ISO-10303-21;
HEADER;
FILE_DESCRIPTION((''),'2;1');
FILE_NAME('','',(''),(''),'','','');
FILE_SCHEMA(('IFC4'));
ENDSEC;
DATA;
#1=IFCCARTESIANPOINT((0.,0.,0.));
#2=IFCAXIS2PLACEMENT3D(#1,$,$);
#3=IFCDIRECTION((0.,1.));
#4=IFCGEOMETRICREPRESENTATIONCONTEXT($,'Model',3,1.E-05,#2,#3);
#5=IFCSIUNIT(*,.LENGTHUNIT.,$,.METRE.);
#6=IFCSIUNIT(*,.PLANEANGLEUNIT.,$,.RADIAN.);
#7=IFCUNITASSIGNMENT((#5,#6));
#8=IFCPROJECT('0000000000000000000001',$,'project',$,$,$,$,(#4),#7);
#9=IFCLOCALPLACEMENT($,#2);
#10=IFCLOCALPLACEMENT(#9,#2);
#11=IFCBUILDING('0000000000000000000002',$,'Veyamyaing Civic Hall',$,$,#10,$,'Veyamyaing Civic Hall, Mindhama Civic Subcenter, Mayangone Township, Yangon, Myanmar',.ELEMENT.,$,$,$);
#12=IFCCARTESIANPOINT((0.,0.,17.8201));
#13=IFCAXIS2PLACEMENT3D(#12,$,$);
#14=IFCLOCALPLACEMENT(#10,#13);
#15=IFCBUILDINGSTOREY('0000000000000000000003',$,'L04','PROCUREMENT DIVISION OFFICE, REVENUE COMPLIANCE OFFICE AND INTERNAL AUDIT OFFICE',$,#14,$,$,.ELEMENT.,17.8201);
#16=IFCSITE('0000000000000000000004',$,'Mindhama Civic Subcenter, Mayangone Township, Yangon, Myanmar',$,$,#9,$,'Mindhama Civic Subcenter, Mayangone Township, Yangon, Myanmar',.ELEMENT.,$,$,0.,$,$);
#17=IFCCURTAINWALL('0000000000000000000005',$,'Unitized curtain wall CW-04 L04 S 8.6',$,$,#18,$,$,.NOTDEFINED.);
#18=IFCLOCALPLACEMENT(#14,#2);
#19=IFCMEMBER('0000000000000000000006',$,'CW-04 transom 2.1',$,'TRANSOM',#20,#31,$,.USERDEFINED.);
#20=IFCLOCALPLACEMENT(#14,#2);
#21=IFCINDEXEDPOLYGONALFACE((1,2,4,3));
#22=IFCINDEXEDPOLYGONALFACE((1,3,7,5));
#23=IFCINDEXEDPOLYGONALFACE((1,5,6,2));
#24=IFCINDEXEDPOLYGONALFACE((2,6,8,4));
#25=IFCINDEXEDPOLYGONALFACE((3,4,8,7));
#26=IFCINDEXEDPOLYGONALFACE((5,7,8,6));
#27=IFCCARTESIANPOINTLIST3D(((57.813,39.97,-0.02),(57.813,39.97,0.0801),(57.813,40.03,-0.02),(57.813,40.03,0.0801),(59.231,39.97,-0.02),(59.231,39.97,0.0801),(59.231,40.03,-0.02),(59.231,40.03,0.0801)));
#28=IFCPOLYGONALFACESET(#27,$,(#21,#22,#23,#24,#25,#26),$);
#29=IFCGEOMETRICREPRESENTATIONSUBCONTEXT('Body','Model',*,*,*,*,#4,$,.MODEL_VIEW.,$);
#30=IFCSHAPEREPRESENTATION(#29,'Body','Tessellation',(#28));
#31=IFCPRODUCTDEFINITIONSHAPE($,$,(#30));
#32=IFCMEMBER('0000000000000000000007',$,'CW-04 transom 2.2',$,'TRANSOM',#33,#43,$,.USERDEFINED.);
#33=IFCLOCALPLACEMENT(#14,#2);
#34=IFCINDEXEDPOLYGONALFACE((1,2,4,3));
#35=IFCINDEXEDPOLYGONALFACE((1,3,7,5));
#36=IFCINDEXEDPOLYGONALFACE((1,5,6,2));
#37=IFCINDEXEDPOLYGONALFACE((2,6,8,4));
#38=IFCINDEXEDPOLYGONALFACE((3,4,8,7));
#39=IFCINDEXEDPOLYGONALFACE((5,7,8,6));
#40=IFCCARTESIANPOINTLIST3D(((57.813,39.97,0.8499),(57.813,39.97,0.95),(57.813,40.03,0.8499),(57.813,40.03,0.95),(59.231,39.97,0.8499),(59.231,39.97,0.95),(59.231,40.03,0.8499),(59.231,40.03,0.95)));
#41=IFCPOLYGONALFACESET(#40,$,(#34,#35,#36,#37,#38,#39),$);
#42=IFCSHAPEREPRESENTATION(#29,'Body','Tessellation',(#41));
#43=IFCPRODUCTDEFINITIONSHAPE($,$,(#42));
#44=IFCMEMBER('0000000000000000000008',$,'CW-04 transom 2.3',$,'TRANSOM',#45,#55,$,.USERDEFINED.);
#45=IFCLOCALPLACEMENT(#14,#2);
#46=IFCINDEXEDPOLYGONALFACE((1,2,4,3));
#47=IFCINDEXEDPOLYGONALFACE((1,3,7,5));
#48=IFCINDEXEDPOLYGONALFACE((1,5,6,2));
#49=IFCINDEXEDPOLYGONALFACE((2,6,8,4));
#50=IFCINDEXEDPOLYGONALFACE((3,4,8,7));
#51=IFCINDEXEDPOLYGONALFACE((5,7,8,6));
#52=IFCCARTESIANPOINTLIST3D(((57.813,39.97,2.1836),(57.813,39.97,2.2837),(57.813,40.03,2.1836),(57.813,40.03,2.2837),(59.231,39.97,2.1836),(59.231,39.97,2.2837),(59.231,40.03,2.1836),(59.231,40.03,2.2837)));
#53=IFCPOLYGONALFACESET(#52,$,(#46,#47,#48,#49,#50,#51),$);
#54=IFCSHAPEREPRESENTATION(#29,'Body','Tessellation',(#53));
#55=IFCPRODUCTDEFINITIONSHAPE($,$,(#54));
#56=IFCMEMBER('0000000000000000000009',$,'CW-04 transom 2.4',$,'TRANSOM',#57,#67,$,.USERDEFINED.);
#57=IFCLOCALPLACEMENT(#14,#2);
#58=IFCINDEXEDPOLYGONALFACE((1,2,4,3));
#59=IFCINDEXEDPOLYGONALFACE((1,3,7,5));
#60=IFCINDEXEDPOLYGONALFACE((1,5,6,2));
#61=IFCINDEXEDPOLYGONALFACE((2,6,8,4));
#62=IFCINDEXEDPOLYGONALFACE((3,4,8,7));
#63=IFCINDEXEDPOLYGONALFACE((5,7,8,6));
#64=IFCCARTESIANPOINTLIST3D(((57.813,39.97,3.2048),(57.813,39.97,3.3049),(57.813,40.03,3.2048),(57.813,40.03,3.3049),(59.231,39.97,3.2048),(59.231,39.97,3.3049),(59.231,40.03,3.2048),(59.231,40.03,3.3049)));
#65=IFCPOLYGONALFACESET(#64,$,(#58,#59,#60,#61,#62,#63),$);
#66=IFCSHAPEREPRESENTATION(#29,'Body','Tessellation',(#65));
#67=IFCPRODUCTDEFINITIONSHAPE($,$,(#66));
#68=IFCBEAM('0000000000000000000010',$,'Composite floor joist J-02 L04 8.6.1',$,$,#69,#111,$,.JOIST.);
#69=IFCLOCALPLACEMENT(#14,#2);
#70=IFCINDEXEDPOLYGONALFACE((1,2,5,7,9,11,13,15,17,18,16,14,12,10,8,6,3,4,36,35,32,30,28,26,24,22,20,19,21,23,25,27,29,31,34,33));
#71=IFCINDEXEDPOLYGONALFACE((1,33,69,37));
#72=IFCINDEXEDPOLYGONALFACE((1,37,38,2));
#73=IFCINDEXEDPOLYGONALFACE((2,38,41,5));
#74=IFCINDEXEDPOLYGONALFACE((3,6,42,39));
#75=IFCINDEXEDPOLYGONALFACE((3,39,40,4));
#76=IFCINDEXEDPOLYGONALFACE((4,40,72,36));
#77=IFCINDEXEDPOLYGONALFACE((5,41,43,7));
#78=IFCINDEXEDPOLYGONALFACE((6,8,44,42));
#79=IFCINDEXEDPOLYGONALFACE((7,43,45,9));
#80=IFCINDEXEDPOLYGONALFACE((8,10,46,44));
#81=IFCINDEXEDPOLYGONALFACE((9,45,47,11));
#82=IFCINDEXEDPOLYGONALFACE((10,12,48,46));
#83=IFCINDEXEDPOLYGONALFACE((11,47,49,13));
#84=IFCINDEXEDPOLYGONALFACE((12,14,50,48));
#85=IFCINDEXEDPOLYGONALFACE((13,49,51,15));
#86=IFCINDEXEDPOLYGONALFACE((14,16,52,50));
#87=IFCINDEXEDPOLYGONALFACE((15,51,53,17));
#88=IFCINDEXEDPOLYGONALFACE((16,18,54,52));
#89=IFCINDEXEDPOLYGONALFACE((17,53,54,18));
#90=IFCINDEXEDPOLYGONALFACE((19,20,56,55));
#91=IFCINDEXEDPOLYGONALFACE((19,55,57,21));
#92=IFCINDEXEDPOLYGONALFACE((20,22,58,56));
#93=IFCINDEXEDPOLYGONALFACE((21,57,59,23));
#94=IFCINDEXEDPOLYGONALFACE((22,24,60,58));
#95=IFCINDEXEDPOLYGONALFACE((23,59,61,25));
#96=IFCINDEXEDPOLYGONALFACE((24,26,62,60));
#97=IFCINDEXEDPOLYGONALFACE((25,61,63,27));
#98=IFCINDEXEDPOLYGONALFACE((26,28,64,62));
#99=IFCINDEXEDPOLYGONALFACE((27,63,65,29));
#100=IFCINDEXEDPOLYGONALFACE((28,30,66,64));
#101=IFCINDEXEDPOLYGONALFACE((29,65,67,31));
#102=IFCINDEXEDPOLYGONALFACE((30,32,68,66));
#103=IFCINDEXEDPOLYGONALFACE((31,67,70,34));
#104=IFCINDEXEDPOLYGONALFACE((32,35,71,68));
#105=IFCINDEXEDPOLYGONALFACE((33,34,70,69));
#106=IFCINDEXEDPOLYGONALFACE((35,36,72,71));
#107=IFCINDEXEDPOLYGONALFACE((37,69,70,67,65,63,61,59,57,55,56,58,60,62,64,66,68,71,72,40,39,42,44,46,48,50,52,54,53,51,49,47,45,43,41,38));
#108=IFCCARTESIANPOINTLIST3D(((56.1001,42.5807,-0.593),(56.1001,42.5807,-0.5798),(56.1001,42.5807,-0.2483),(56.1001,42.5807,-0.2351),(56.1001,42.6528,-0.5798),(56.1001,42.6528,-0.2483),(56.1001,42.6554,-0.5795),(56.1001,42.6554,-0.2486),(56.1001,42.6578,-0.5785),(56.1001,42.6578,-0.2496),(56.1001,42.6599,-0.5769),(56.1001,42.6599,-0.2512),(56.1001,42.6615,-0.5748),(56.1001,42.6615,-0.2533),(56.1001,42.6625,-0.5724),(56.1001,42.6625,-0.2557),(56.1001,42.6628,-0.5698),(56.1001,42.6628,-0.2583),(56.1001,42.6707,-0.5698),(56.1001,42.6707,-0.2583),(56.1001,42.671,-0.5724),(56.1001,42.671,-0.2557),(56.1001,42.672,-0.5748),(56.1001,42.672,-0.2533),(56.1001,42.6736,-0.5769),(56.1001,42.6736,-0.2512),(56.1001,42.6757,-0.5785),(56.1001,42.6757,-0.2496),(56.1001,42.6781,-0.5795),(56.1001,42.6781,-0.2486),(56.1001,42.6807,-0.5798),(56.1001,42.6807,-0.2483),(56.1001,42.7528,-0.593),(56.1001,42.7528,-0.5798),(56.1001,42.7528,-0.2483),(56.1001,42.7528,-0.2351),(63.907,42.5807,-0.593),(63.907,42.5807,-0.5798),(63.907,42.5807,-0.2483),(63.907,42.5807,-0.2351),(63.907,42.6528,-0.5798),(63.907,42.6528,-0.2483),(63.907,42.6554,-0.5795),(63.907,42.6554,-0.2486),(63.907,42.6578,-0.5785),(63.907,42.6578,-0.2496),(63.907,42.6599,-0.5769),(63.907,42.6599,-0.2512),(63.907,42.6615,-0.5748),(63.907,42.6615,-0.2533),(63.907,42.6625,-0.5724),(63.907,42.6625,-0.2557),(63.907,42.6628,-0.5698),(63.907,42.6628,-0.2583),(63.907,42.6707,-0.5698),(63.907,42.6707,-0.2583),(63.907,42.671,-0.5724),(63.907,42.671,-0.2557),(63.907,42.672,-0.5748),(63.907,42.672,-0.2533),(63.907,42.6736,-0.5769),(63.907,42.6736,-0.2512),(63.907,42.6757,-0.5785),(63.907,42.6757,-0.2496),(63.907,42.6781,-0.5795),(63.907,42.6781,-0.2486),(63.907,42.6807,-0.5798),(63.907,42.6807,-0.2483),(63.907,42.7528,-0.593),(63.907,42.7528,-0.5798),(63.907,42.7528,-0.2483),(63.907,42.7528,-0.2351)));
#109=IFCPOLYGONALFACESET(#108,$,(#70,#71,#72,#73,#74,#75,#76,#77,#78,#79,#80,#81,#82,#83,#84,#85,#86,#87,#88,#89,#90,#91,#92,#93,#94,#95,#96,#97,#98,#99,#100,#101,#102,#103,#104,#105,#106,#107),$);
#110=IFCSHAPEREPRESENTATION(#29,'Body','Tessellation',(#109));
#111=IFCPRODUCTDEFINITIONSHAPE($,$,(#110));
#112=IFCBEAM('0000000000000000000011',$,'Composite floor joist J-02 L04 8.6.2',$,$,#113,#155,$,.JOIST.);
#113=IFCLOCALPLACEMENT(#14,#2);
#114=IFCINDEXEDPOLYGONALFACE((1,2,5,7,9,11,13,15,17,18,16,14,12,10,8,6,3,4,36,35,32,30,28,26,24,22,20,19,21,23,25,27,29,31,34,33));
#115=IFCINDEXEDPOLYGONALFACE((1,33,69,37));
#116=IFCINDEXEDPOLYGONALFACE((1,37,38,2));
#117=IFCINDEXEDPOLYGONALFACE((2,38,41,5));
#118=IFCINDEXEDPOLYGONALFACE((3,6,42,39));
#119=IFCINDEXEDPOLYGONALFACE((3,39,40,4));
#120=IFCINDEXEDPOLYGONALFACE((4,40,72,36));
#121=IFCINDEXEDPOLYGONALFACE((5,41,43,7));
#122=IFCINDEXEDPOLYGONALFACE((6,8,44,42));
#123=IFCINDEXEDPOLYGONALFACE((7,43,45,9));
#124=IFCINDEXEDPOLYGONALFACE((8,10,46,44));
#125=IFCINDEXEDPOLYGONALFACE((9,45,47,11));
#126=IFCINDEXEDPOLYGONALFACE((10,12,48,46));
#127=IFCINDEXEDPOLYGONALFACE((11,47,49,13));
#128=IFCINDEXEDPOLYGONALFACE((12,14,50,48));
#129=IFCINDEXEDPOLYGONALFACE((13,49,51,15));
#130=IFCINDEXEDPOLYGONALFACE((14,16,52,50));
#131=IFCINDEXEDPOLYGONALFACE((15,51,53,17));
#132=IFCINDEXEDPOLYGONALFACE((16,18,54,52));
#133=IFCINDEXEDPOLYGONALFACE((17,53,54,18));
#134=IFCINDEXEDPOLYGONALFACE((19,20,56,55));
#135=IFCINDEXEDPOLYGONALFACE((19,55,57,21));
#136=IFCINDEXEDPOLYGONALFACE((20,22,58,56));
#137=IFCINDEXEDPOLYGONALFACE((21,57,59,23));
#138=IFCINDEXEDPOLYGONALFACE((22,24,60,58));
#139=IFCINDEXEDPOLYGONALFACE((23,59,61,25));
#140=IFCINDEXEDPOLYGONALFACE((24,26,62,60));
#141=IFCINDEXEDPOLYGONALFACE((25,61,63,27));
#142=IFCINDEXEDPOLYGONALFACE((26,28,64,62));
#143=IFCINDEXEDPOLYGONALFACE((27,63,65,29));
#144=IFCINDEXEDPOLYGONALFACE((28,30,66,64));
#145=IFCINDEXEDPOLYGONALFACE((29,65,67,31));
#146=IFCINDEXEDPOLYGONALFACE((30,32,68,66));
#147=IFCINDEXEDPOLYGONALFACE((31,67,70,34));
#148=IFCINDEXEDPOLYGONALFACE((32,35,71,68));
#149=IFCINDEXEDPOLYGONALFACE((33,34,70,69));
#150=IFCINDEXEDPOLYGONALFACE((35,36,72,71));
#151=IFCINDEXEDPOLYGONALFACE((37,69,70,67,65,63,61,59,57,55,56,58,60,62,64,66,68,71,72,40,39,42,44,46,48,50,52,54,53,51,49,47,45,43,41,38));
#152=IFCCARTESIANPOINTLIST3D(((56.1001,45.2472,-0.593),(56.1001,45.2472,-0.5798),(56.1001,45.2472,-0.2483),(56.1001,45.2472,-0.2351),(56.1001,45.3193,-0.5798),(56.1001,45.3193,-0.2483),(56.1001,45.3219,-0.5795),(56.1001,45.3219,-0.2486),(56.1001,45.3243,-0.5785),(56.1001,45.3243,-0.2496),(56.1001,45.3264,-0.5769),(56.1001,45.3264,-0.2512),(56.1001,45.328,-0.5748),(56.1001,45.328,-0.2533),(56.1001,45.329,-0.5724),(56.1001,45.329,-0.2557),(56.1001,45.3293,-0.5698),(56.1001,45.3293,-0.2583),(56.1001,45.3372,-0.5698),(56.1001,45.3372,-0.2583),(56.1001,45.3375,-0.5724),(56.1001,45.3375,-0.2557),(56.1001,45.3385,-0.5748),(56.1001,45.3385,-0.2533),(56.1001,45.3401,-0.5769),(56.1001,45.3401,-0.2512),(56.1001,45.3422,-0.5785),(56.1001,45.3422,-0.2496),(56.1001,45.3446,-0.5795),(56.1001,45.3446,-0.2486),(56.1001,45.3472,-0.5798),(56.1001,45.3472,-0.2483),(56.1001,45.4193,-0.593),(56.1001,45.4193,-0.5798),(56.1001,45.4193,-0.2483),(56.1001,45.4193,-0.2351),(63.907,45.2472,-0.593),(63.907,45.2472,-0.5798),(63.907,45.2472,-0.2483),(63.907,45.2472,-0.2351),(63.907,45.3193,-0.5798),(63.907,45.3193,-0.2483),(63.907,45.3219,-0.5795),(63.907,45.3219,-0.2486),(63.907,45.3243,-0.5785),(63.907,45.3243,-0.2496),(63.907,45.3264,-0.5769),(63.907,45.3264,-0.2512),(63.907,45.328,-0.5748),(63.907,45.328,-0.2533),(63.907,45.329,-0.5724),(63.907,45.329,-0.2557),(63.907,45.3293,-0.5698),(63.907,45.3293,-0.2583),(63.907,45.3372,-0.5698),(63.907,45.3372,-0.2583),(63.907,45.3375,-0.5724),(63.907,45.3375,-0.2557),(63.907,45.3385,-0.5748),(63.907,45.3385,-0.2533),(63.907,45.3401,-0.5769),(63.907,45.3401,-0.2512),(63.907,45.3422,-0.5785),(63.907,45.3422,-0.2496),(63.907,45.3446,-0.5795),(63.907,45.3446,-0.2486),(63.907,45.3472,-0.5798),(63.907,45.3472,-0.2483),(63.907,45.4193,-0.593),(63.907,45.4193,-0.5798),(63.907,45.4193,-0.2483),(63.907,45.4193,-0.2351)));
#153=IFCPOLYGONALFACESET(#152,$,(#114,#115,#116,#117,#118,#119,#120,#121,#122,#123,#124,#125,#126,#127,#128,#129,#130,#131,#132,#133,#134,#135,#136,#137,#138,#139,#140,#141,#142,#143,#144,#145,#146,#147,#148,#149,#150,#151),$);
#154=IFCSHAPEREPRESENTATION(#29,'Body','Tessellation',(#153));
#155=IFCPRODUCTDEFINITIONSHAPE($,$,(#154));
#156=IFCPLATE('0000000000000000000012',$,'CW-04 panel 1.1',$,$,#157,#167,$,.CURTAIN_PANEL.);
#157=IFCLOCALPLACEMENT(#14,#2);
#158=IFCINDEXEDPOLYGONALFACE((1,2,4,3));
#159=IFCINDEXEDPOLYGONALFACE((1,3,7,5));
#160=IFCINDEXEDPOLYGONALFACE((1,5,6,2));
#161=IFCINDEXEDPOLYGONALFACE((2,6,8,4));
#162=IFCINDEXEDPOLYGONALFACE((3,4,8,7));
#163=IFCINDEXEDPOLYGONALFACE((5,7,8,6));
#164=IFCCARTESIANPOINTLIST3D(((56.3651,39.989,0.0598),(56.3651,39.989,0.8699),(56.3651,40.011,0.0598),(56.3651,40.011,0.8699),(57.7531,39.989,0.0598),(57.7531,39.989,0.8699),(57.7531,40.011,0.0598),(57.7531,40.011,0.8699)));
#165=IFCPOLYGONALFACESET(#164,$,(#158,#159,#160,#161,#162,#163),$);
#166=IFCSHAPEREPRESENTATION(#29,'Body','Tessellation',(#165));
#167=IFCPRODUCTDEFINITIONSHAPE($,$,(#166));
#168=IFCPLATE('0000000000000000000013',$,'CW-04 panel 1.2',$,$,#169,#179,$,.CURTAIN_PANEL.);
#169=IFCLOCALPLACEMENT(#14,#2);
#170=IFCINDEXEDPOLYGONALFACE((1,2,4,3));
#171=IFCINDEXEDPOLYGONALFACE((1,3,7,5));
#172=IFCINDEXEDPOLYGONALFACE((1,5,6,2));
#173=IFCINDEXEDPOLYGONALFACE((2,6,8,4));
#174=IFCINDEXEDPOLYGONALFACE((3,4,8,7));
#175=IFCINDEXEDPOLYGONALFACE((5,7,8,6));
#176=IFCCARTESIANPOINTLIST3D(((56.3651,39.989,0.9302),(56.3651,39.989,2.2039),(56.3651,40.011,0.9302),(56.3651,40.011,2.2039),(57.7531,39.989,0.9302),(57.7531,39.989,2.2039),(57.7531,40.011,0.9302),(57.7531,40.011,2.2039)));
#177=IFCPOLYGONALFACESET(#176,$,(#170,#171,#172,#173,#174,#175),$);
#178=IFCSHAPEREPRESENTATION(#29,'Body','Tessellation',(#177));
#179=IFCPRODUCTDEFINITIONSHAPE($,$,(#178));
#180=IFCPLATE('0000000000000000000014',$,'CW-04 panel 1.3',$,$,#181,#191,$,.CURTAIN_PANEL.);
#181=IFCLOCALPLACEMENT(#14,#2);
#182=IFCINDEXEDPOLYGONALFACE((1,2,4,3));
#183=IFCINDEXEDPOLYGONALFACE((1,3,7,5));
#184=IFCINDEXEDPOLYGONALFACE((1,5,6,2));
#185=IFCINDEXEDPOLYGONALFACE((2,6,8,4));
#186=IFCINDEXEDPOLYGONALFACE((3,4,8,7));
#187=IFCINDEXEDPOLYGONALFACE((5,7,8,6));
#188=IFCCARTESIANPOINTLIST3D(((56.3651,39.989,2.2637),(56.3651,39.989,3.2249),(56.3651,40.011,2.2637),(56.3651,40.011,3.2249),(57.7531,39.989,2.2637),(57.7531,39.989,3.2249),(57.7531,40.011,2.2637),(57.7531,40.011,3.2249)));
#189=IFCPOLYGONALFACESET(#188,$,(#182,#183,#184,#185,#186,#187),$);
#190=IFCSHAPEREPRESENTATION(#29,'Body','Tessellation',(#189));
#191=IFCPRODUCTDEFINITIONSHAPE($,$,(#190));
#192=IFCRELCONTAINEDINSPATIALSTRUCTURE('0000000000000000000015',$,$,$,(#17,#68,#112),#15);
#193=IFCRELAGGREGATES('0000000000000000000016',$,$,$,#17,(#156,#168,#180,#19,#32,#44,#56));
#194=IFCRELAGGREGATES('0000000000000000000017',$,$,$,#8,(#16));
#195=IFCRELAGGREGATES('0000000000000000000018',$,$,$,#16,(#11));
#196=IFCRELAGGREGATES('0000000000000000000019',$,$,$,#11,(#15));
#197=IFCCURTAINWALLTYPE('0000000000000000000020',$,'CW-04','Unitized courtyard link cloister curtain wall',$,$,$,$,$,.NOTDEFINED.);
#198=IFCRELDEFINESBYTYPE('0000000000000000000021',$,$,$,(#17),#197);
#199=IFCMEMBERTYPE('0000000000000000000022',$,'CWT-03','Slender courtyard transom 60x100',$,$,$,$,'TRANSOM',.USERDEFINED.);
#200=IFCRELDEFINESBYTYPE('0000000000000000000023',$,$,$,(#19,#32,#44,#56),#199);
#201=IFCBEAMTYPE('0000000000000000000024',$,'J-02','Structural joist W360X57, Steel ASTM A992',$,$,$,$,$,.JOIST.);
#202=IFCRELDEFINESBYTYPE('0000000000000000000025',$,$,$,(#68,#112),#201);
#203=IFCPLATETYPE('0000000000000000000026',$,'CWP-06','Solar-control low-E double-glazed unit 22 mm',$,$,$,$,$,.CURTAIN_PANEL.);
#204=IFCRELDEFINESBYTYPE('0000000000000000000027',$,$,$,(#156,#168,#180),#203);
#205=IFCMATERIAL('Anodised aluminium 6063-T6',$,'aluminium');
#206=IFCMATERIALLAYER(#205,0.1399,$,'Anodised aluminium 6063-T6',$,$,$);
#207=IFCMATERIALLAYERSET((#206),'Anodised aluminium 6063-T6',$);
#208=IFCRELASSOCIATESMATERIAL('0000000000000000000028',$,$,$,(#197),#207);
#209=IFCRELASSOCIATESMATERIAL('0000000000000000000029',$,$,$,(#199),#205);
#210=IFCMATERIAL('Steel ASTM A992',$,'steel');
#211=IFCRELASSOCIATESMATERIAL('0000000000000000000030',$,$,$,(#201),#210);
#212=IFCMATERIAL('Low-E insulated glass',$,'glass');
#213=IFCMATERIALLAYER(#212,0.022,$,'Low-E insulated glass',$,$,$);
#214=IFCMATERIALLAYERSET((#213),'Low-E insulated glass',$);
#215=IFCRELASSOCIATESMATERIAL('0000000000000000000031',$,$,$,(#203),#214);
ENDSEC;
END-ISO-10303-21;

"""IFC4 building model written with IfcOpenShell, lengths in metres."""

from ifc_helpers import new_model, si_unit, direction, frame, origin, origin_2d, place, context, subcontext, project, spatial, rectangle, i_section, extrude, material, layer, layer_set, material_profile, profile_set, type_object, element, aggregate, save


model = new_model("IFC4")

# Units and contexts
model_context = context("Model", 3, precision=1e-05, world=origin(), true_north=direction((0.0, 1.0)))
body_context = subcontext(model_context, "Body", "Model", "MODEL_VIEW")
ifc_project = project(units=[si_unit("LENGTHUNIT", "METRE"), si_unit("PLANEANGLEUNIT", "RADIAN")], contexts=[model_context])

# Site, building, storey
site_placement = place(None, origin())
site = spatial("IfcSite", under=ifc_project, at=site_placement, Name="Mindhama Civic Subcenter, Mayangone Township, Yangon, Myanmar", LongName="Mindhama Civic Subcenter, Mayangone Township, Yangon, Myanmar", CompositionType="ELEMENT", RefElevation=0.0)
building_placement = place(site_placement, origin())
building = spatial("IfcBuilding", under=site, at=building_placement, Name="Veyamyaing Civic Hall", LongName="Veyamyaing Civic Hall, Mindhama Civic Subcenter, Mayangone Township, Yangon, Myanmar", CompositionType="ELEMENT")
storey_placement = place(building_placement, frame((0.0, 0.0, 17.8201)))
storey = spatial("IfcBuildingStorey", under=building, at=storey_placement, Name="L04", Description="PROCUREMENT DIVISION OFFICE, REVENUE COMPLIANCE OFFICE AND INTERNAL AUDIT OFFICE", CompositionType="ELEMENT", Elevation=17.8201)

# Shared definitions
ifc_material_1 = material(Name="Steel ASTM A992", Category="steel")

# Curtain wall, members
ifc_material_2 = material(Name="Anodised aluminium 6063-T6", Category="aluminium")
ifc_layer_1 = layer(ifc_material_2, 0.1399, Name="Anodised aluminium 6063-T6")
ifc_layer_set_1 = layer_set([ifc_layer_1], Name="Anodised aluminium 6063-T6")
curtain_wall_type = type_object("IfcCurtainWallType", Name="CW-04", Description="Unitized courtyard link cloister curtain wall", PredefinedType="NOTDEFINED", material=ifc_layer_set_1)
curtain_wall_placement = place(storey_placement, origin())
curtain_wall = element("IfcCurtainWall", 1, at=curtain_wall_placement, inside=storey, type_object=curtain_wall_type, Name="Unitized curtain wall CW-04 L04 S 8.6", PredefinedType="NOTDEFINED")
ifc_material_profile_1 = material_profile(ifc_material_2, rectangle(XDim=0.0601, YDim=0.1001, at=origin_2d()), Name="ALU-TRN-60X100")
ifc_profile_set_1 = profile_set([ifc_material_profile_1], Name="Anodised aluminium 6063-T6")
member_type_1 = type_object("IfcMemberType", Name="CWT-03", Description="Slender courtyard transom 60x100", ElementType="TRANSOM", PredefinedType="USERDEFINED", material=ifc_profile_set_1)
member_1_placement = place(storey_placement, frame((57.813, 40.0, 0.03), z_axis=(1.0, 0.0, 0.0), x_axis=(0.0, 1.0, 0.0)))
member_1 = element("IfcMember", 2, at=member_1_placement, type_object=member_type_1, Name="CW-04 transom 2.1", ObjectType="TRANSOM", PredefinedType="USERDEFINED", context=body_context, shape_type="SweptSolid", body=[
    extrude(rectangle(XDim=0.0601, YDim=0.1001, at=origin_2d()), origin(), (0.0, 0.0, 1.0), 1.418),
])
member_2_placement = place(storey_placement, frame((57.813, 40.0, 0.8999), z_axis=(1.0, 0.0, 0.0), x_axis=(0.0, 1.0, 0.0)))
member_2 = element("IfcMember", 3, at=member_2_placement, type_object=member_type_1, Name="CW-04 transom 2.2", ObjectType="TRANSOM", PredefinedType="USERDEFINED", context=body_context, shape_type="SweptSolid", body=[
    extrude(rectangle(XDim=0.0601, YDim=0.1001, at=origin_2d()), origin(), (0.0, 0.0, 1.0), 1.418),
])
member_3_placement = place(storey_placement, frame((57.813, 40.0, 2.2336), z_axis=(1.0, 0.0, 0.0), x_axis=(0.0, 1.0, 0.0)))
member_3 = element("IfcMember", 4, at=member_3_placement, type_object=member_type_1, Name="CW-04 transom 2.3", ObjectType="TRANSOM", PredefinedType="USERDEFINED", context=body_context, shape_type="SweptSolid", body=[
    extrude(rectangle(XDim=0.0601, YDim=0.1001, at=origin_2d()), origin(), (0.0, 0.0, 1.0), 1.418),
])
member_4_placement = place(storey_placement, frame((57.813, 40.0, 3.2549), z_axis=(1.0, 0.0, 0.0), x_axis=(0.0, 1.0, 0.0)))
member_4 = element("IfcMember", 5, at=member_4_placement, type_object=member_type_1, Name="CW-04 transom 2.4", ObjectType="TRANSOM", PredefinedType="USERDEFINED", context=body_context, shape_type="SweptSolid", body=[
    extrude(rectangle(XDim=0.0601, YDim=0.1001, at=origin_2d()), origin(), (0.0, 0.0, 1.0), 1.418),
])

# Beams
ifc_material_profile_2 = material_profile(ifc_material_1, i_section(OverallWidth=0.1721, OverallDepth=0.3579, WebThickness=0.0078, FlangeThickness=0.0132, FilletRadius=0.01, at=origin_2d()), Name="W360X57")
ifc_profile_set_2 = profile_set([ifc_material_profile_2], Name="Steel ASTM A992")
beam_type_1 = type_object("IfcBeamType", Name="J-02", Description="Structural joist W360X57, Steel ASTM A992", PredefinedType="JOIST", material=ifc_profile_set_2)
for number, where, z_axis, x_axis, name in (
    (6, (56.1001, 42.6667, -0.4141), (1.0, 0.0, 0.0), (0.0, 1.0, 0.0), "Composite floor joist J-02 L04 8.6.1"),
    (7, (56.1001, 45.3333, -0.4141), (1.0, 0.0, 0.0), (0.0, 1.0, 0.0), "Composite floor joist J-02 L04 8.6.2"),
):
    element("IfcBeam", number, at=place(storey_placement, frame(where, z_axis=z_axis, x_axis=x_axis)), inside=storey, type_object=beam_type_1, Name=name, PredefinedType="JOIST", context=body_context, shape_type="SweptSolid", body=[
        extrude(i_section(OverallWidth=0.1721, OverallDepth=0.3579, WebThickness=0.0078, FlangeThickness=0.0132, FilletRadius=0.01, at=origin_2d()), origin(), (0.0, 0.0, 1.0), 7.8069),
    ])

# Plates
ifc_material_3 = material(Name="Low-E insulated glass", Category="glass")
ifc_layer_2 = layer(ifc_material_3, 0.022, Name="Low-E insulated glass")
ifc_layer_set_2 = layer_set([ifc_layer_2], Name="Low-E insulated glass")
plate_type = type_object("IfcPlateType", Name="CWP-06", Description="Solar-control low-E double-glazed unit 22 mm", PredefinedType="CURTAIN_PANEL", material=ifc_layer_set_2)
plate_1_placement = place(storey_placement, frame((57.0591, 40.0, 0.0598), z_axis=(0.0, 0.0, 1.0), x_axis=(1.0, 0.0, 0.0)))
plate_1 = element("IfcPlate", 8, at=plate_1_placement, type_object=plate_type, Name="CW-04 panel 1.1", PredefinedType="CURTAIN_PANEL", context=body_context, shape_type="SweptSolid", body=[
    extrude(rectangle(XDim=1.3879, YDim=0.022, at=origin_2d()), origin(), (0.0, 0.0, 1.0), 0.8101),
])
plate_2_placement = place(storey_placement, frame((57.0591, 40.0, 0.9302), z_axis=(0.0, 0.0, 1.0), x_axis=(1.0, 0.0, 0.0)))
plate_2 = element("IfcPlate", 9, at=plate_2_placement, type_object=plate_type, Name="CW-04 panel 1.2", PredefinedType="CURTAIN_PANEL", context=body_context, shape_type="SweptSolid", body=[
    extrude(rectangle(XDim=1.3879, YDim=0.022, at=origin_2d()), origin(), (0.0, 0.0, 1.0), 1.2737),
])
plate_3_placement = place(storey_placement, frame((57.0591, 40.0, 2.2637), z_axis=(0.0, 0.0, 1.0), x_axis=(1.0, 0.0, 0.0)))
plate_3 = element("IfcPlate", 10, at=plate_3_placement, type_object=plate_type, Name="CW-04 panel 1.3", PredefinedType="CURTAIN_PANEL", context=body_context, shape_type="SweptSolid", body=[
    extrude(rectangle(XDim=1.3879, YDim=0.022, at=origin_2d()), origin(), (0.0, 0.0, 1.0), 0.9612),
])
aggregate(curtain_wall, [plate_1, plate_2, plate_3, member_1, member_2, member_3, member_4])

save(model, "model.ifc")
